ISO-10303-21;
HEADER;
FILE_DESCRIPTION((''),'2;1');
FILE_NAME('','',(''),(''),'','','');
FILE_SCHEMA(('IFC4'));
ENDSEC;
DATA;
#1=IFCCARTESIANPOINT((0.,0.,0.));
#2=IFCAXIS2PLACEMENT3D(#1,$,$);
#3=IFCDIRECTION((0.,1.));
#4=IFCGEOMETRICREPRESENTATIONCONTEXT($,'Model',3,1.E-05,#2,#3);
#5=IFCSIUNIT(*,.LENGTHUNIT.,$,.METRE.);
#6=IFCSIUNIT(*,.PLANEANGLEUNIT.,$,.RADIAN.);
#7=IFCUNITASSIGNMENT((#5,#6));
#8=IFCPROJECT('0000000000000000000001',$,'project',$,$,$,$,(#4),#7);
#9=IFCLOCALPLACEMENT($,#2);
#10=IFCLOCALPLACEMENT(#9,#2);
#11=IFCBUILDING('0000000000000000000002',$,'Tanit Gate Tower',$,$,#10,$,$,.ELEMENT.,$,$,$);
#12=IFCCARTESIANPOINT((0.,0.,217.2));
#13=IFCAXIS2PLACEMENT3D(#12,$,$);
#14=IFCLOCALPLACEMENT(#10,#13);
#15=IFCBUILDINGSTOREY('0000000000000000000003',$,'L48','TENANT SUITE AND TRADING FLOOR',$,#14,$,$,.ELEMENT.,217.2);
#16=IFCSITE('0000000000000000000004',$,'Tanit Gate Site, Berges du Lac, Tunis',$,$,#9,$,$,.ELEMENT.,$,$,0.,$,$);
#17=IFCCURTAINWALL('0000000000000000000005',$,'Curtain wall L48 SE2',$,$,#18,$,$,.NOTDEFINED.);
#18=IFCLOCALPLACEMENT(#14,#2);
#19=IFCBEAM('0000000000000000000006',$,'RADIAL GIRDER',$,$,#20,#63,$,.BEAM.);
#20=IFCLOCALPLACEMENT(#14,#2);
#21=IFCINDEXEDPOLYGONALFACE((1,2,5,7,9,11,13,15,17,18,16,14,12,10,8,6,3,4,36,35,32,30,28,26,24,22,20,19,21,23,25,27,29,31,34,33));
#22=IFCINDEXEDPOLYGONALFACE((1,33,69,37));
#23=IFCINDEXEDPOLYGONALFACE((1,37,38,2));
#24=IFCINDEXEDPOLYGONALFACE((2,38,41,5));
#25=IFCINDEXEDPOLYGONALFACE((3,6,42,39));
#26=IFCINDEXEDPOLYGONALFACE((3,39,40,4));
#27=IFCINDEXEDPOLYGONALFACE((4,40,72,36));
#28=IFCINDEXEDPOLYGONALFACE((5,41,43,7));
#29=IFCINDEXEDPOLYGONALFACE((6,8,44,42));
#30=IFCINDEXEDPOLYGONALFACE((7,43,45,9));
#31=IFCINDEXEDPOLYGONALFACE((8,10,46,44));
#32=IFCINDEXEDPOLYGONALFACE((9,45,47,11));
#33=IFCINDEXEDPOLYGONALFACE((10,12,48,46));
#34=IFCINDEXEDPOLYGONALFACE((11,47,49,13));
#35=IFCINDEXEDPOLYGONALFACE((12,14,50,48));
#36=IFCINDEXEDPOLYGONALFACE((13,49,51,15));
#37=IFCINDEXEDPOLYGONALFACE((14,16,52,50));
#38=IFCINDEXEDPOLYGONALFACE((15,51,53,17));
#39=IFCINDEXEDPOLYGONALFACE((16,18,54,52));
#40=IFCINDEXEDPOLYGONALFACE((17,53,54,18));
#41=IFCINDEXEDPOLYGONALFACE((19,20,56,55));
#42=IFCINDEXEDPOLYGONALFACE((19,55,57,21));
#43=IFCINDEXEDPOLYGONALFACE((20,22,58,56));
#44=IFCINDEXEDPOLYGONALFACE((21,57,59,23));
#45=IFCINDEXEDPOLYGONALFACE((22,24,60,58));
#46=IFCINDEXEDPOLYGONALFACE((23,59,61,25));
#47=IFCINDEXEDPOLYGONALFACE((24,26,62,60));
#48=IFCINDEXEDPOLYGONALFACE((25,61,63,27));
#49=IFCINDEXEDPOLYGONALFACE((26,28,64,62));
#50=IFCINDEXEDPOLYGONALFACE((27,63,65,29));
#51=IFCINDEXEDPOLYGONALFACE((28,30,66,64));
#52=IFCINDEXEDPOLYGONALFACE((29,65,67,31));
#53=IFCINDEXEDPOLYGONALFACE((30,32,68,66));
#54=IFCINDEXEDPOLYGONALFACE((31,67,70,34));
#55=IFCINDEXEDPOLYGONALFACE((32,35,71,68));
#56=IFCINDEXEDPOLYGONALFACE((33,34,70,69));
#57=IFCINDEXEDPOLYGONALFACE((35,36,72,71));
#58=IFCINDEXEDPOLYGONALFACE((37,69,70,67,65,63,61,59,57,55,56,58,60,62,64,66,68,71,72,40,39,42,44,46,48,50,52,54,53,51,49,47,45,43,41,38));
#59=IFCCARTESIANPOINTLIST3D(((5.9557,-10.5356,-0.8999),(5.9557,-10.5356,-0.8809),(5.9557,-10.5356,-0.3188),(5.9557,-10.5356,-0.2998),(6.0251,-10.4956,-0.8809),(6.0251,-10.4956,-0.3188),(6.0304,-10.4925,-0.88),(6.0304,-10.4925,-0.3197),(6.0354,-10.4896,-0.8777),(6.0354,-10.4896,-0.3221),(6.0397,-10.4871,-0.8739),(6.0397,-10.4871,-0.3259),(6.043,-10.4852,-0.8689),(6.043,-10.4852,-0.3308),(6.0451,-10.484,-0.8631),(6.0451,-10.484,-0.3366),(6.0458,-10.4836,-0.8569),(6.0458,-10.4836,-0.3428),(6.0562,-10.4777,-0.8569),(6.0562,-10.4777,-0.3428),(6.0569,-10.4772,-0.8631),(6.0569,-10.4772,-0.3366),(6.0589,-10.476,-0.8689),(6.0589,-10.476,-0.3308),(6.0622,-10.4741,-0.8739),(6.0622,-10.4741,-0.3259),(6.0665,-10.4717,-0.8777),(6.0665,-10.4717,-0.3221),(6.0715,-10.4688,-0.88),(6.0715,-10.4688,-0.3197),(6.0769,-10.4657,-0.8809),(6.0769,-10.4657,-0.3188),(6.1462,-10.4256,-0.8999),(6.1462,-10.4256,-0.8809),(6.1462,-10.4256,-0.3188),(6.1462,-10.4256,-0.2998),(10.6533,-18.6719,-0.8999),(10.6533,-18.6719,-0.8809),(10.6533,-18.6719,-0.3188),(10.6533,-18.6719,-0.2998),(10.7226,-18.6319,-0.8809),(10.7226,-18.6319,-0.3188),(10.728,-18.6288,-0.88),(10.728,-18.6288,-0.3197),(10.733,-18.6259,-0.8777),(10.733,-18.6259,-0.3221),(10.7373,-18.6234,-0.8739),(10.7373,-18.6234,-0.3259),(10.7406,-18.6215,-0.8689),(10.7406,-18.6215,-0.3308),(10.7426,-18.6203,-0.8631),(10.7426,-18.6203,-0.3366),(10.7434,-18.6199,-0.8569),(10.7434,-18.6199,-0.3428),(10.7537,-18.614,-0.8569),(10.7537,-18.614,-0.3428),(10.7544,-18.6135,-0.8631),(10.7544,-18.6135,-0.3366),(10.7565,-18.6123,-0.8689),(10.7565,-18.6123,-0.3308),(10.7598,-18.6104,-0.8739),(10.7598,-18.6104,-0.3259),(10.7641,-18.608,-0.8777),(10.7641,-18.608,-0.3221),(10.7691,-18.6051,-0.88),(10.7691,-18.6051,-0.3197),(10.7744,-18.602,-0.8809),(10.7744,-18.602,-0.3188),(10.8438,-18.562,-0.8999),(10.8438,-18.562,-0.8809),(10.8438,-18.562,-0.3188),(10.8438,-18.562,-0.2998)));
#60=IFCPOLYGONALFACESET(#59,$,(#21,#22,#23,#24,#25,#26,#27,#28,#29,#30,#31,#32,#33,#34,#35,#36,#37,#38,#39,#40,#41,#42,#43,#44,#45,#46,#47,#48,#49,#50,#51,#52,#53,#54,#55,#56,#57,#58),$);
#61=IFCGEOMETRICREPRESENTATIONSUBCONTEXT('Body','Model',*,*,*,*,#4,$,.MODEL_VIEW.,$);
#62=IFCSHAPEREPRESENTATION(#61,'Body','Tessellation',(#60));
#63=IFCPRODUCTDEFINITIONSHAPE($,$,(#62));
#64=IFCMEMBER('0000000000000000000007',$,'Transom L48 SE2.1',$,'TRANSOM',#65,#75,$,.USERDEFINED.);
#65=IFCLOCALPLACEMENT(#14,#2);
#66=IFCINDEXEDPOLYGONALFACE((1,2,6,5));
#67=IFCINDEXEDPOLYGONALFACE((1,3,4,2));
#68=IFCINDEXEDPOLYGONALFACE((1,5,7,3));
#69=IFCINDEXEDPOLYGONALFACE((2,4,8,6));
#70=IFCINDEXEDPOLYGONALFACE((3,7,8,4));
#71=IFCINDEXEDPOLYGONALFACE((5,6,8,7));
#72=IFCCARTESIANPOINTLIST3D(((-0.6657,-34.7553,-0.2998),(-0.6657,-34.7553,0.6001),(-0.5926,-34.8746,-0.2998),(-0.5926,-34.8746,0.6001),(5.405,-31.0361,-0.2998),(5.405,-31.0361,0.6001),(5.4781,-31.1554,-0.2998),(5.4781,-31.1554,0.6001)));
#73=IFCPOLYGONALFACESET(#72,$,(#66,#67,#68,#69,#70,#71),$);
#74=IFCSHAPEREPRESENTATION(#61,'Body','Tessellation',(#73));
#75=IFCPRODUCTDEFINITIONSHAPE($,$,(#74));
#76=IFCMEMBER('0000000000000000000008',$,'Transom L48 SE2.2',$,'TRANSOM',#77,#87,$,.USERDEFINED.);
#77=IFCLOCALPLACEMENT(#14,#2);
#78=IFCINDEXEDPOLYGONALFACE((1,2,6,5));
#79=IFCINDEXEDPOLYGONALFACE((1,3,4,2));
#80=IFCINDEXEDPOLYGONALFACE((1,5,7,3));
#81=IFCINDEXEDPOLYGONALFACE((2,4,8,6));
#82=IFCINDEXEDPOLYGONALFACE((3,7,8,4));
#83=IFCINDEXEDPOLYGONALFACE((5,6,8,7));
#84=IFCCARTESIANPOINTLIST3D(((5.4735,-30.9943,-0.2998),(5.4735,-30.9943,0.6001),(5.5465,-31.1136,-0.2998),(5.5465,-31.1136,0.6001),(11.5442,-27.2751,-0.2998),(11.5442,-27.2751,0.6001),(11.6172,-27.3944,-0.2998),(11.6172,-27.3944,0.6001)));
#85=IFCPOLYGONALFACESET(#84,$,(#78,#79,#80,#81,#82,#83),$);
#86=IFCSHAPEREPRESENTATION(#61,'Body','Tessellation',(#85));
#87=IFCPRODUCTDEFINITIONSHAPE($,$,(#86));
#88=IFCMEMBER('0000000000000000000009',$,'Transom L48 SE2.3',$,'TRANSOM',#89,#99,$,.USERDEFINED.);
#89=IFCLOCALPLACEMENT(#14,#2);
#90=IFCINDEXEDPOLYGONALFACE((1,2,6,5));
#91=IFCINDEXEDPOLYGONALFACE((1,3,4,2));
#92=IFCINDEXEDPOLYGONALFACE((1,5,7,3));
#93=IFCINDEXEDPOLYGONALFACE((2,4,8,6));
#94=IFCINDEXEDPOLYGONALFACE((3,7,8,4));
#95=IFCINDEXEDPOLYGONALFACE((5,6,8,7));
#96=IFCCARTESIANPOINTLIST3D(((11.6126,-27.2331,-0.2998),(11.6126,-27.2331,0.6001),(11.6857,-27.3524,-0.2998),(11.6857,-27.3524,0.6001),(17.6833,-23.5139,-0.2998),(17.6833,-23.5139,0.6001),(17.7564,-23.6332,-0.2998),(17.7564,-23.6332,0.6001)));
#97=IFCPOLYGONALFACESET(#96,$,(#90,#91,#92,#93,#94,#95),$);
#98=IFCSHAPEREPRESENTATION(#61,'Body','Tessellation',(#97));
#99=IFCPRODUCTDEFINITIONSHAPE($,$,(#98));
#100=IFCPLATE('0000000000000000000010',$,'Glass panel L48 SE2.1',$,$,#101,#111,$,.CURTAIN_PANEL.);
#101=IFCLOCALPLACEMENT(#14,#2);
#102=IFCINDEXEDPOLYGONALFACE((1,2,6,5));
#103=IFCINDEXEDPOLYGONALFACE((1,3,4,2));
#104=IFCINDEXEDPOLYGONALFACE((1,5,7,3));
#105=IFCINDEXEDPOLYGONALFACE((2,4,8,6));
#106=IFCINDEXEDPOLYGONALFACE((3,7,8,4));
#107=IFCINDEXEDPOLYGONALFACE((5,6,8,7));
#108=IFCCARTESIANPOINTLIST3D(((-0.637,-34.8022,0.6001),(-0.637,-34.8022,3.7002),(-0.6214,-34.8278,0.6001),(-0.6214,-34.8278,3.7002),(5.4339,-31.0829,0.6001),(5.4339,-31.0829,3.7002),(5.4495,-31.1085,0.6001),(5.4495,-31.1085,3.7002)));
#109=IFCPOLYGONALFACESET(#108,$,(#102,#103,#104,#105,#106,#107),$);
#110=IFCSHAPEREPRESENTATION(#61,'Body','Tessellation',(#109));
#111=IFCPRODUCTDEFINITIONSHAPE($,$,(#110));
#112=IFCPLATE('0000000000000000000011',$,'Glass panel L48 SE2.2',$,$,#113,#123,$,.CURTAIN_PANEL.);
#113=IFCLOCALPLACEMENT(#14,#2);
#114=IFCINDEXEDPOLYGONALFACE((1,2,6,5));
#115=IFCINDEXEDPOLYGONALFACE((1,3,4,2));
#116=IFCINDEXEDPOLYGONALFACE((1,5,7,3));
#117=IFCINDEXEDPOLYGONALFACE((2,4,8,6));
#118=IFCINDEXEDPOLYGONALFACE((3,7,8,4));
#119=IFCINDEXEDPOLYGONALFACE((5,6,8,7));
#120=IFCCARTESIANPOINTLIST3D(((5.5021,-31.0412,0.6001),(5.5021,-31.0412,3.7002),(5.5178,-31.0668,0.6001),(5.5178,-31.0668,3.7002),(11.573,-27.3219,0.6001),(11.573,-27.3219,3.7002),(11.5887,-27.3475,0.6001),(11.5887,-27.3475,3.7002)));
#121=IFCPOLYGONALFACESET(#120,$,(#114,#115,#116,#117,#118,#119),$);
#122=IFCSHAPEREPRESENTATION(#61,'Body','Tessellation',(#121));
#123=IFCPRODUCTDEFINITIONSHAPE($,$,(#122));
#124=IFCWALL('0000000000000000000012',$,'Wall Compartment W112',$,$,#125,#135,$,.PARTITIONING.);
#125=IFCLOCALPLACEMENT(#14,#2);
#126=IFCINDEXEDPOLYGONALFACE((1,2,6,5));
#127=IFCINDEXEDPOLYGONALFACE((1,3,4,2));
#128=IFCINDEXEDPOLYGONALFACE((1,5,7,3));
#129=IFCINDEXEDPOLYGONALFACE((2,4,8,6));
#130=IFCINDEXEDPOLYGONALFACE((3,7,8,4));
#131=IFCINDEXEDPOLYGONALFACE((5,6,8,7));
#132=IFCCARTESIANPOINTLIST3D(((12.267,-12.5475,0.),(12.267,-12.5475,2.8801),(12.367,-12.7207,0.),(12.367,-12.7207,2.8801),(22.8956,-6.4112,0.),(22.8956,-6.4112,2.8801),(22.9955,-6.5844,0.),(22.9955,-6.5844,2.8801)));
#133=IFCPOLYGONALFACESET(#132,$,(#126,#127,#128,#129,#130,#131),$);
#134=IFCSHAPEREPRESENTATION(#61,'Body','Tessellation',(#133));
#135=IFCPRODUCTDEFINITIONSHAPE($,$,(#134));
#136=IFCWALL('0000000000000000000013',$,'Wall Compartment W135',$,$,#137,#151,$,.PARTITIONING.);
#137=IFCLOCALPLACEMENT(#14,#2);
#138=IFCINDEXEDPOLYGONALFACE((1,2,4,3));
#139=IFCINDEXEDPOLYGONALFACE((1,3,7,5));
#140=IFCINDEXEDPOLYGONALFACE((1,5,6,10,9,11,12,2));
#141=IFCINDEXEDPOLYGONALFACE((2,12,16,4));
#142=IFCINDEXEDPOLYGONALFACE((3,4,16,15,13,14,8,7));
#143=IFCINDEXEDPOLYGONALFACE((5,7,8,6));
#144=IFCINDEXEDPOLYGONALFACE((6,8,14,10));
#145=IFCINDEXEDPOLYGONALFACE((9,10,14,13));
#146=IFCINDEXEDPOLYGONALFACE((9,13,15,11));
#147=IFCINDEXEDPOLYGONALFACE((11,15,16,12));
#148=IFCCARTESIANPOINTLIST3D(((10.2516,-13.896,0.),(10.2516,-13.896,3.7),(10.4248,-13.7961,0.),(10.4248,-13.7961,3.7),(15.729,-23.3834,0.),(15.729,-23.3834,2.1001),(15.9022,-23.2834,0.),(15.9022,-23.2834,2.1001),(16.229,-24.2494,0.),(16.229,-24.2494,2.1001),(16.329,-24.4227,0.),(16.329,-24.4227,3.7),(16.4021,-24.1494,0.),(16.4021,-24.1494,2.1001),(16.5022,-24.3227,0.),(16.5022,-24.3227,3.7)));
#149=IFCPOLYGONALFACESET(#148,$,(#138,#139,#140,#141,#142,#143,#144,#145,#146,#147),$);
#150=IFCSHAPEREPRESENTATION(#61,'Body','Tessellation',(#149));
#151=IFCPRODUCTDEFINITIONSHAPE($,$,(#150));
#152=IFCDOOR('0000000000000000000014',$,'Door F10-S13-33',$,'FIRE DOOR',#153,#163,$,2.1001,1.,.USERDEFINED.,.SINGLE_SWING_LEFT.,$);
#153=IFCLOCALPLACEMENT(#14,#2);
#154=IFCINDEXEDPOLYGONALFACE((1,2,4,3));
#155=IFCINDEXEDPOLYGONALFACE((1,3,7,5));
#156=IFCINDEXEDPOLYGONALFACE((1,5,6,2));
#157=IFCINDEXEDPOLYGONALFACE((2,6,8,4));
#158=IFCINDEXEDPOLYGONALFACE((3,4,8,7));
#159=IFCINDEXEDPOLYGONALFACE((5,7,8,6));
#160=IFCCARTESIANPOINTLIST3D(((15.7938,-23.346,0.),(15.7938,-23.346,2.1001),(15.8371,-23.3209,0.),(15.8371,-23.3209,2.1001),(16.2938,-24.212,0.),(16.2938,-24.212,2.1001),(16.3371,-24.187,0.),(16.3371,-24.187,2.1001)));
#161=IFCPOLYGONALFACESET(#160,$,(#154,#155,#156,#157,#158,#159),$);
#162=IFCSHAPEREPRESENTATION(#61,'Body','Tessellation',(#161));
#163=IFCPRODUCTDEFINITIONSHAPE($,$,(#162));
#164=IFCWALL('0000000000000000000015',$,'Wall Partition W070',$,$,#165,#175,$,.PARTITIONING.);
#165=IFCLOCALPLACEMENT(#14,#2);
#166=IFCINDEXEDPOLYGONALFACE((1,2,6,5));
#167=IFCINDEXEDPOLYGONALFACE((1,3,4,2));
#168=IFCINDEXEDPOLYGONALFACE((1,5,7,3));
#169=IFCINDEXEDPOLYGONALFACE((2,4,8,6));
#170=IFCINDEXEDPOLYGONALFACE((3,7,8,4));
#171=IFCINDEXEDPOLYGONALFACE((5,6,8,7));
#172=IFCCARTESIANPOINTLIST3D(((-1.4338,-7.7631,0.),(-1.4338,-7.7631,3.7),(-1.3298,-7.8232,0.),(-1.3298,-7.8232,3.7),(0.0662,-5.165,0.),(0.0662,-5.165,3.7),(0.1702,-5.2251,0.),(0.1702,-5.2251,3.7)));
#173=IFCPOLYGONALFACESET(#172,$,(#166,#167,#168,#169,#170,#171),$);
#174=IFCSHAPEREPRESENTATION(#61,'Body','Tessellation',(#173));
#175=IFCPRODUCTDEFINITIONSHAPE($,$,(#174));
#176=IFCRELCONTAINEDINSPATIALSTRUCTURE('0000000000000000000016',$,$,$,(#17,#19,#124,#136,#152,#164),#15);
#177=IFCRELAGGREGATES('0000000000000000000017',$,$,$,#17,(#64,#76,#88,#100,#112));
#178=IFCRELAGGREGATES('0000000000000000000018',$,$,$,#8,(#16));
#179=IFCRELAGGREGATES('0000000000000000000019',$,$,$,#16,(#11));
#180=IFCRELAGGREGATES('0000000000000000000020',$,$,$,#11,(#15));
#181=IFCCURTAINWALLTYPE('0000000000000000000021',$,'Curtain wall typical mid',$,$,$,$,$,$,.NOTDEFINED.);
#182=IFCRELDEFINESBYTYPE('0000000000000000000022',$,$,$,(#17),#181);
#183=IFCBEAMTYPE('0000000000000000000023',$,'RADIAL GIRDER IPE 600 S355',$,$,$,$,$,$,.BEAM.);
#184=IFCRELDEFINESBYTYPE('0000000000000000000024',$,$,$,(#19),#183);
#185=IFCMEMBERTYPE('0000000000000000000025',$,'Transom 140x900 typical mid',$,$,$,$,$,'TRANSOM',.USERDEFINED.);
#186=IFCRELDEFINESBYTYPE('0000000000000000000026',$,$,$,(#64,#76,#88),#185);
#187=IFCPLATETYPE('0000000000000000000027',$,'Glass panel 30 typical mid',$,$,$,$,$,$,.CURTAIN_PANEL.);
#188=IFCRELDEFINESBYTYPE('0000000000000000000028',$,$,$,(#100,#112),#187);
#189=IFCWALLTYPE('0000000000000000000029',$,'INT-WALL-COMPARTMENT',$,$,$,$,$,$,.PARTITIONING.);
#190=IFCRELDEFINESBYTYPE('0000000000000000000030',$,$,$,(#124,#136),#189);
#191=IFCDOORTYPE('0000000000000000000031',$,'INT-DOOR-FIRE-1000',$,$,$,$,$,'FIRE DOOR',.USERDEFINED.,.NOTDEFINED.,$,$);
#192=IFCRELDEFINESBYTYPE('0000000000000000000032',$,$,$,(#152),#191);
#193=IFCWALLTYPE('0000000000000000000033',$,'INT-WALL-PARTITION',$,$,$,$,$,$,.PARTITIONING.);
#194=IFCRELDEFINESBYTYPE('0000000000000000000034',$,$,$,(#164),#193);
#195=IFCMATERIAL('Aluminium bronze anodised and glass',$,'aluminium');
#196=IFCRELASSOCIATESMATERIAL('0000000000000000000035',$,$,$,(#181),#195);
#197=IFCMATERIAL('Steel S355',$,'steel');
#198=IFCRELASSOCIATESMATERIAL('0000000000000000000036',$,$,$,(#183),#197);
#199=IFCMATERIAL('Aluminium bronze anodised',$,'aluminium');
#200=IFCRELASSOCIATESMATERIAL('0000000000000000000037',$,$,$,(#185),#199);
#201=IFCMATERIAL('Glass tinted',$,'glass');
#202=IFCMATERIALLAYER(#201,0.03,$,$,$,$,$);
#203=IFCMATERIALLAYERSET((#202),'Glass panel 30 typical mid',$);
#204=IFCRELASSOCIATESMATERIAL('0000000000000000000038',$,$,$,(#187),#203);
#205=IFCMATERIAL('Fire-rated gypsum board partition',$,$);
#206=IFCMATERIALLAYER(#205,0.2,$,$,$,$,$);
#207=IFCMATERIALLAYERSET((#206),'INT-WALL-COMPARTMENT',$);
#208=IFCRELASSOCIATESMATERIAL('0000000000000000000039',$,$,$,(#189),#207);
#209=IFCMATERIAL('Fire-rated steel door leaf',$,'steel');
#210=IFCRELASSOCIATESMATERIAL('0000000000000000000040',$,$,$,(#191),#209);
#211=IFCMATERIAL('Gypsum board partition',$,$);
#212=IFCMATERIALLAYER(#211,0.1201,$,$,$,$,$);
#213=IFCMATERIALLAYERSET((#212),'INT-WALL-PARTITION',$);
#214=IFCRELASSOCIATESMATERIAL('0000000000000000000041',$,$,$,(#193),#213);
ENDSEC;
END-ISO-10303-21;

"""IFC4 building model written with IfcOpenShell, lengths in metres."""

from ifc_helpers import new_model, si_unit, direction, frame, frame_2d, origin, origin_2d, place, context, subcontext, project, spatial, rectangle, i_section, extrude, material, layer, layer_set, material_profile, profile_set, type_object, element, fill, aggregate, save


model = new_model("IFC4")

# Units and contexts
model_context = context("Model", 3, precision=1e-05, world=origin(), true_north=direction((0.0, 1.0)))
body_context = subcontext(model_context, "Body", "Model", "MODEL_VIEW")
ifc_project = project(units=[si_unit("LENGTHUNIT", "METRE"), si_unit("PLANEANGLEUNIT", "RADIAN")], contexts=[model_context])

# Site, building, storey
site_placement = place(None, origin())
site = spatial("IfcSite", under=ifc_project, at=site_placement, Name="Tanit Gate Site, Berges du Lac, Tunis", CompositionType="ELEMENT", RefElevation=0.0)
building_placement = place(site_placement, origin())
building = spatial("IfcBuilding", under=site, at=building_placement, Name="Tanit Gate Tower", CompositionType="ELEMENT")
storey_placement = place(building_placement, frame((0.0, 0.0, 217.2)))
storey = spatial("IfcBuildingStorey", under=building, at=storey_placement, Name="L48", Description="TENANT SUITE AND TRADING FLOOR", CompositionType="ELEMENT", Elevation=217.2)

# Curtain wall
ifc_material_1 = material(Name="Aluminium bronze anodised and glass", Category="aluminium")
curtain_wall_type = type_object("IfcCurtainWallType", Name="Curtain wall typical mid", PredefinedType="NOTDEFINED", material=ifc_material_1)
curtain_wall_placement = place(storey_placement, origin())
curtain_wall = element("IfcCurtainWall", 1, at=curtain_wall_placement, inside=storey, type_object=curtain_wall_type, Name="Curtain wall L48 SE2", PredefinedType="NOTDEFINED")

# Beam
ifc_material_2 = material(Name="Steel S355", Category="steel")
ifc_material_profile_1 = material_profile(ifc_material_2, i_section(OverallWidth=0.22, OverallDepth=0.6001, WebThickness=0.012, FlangeThickness=0.019, FilletRadius=0.0239, at=origin_2d()), Name="IPE 600")
ifc_profile_set_1 = profile_set([ifc_material_profile_1], Name="Steel S355")
beam_type_1 = type_object("IfcBeamType", Name="RADIAL GIRDER IPE 600 S355", PredefinedType="BEAM", material=ifc_profile_set_1)
beam_1_placement = place(storey_placement, frame((10.7485, -18.6169, -0.5999), z_axis=(-0.500004, 0.866023, 0.0), x_axis=(-0.866023, -0.500004, 0.0)))
element("IfcBeam", 2, at=beam_1_placement, inside=storey, type_object=beam_type_1, Name="RADIAL GIRDER", PredefinedType="BEAM", context=body_context, shape_type="SweptSolid", body=[
    extrude(i_section(OverallWidth=0.22, OverallDepth=0.6001, WebThickness=0.012, FlangeThickness=0.019, FilletRadius=0.0239, at=origin_2d()), origin(), (0.0, 0.0, 1.0), 9.395),
])

# Members
ifc_material_3 = material(Name="Aluminium bronze anodised", Category="aluminium")
ifc_material_profile_2 = material_profile(ifc_material_3, rectangle(XDim=0.1399, YDim=0.8999, at=origin_2d()), Name="140x900 bronze transom")
ifc_profile_set_2 = profile_set([ifc_material_profile_2], Name="Aluminium bronze anodised")
member_type_1 = type_object("IfcMemberType", Name="Transom 140x900 typical mid", ElementType="TRANSOM", PredefinedType="USERDEFINED", material=ifc_profile_set_2)
member_1_placement = place(storey_placement, frame((-0.6292, -34.8149, 0.1501), z_axis=(0.8527, 0.522401, 0.0), x_axis=(-0.522401, 0.8527, 0.0)))
member_1 = element("IfcMember", 3, at=member_1_placement, type_object=member_type_1, Name="Transom L48 SE2.1", ObjectType="TRANSOM", PredefinedType="USERDEFINED", context=body_context, shape_type="SweptSolid", body=[
    extrude(rectangle(XDim=0.1399, YDim=0.8999, at=origin_2d()), origin(), (0.0, 0.0, 1.0), 7.1194),
])
member_2_placement = place(storey_placement, frame((5.51, -31.054, 0.1501), z_axis=(0.8527, 0.522401, 0.0), x_axis=(-0.522401, 0.8527, 0.0)))
member_2 = element("IfcMember", 4, at=member_2_placement, type_object=member_type_1, Name="Transom L48 SE2.2", ObjectType="TRANSOM", PredefinedType="USERDEFINED", context=body_context, shape_type="SweptSolid", body=[
    extrude(rectangle(XDim=0.1399, YDim=0.8999, at=origin_2d()), origin(), (0.0, 0.0, 1.0), 7.1194),
])
member_3_placement = place(storey_placement, frame((11.6492, -27.2927, 0.1501), z_axis=(0.8527, 0.522401, 0.0), x_axis=(-0.522401, 0.8527, 0.0)))
member_3 = element("IfcMember", 5, at=member_3_placement, type_object=member_type_1, Name="Transom L48 SE2.3", ObjectType="TRANSOM", PredefinedType="USERDEFINED", context=body_context, shape_type="SweptSolid", body=[
    extrude(rectangle(XDim=0.1399, YDim=0.8999, at=origin_2d()), origin(), (0.0, 0.0, 1.0), 7.1194),
])

# Plates
ifc_material_4 = material(Name="Glass tinted", Category="glass")
ifc_layer_1 = layer(ifc_material_4, 0.03)
ifc_layer_set_1 = layer_set([ifc_layer_1], Name="Glass panel 30 typical mid")
plate_type = type_object("IfcPlateType", Name="Glass panel 30 typical mid", PredefinedType="CURTAIN_PANEL", material=ifc_layer_set_1)
plate_1_placement = place(storey_placement, frame((2.4062, -32.9553, 0.6001), z_axis=(0.0, 0.0, 1.0), x_axis=(0.8527, 0.522401, 0.0)))
plate_1 = element("IfcPlate", 6, at=plate_1_placement, type_object=plate_type, Name="Glass panel L48 SE2.1", PredefinedType="CURTAIN_PANEL", context=body_context, shape_type="SweptSolid", body=[
    extrude(rectangle(XDim=7.1196, YDim=0.03, at=origin_2d()), origin(), (0.0, 0.0, 1.0), 3.1001),
])
plate_2_placement = place(storey_placement, frame((8.5454, -29.1943, 0.6001), z_axis=(0.0, 0.0, 1.0), x_axis=(0.8527, 0.522401, 0.0)))
plate_2 = element("IfcPlate", 7, at=plate_2_placement, type_object=plate_type, Name="Glass panel L48 SE2.2", PredefinedType="CURTAIN_PANEL", context=body_context, shape_type="SweptSolid", body=[
    extrude(rectangle(XDim=7.1196, YDim=0.03, at=origin_2d()), origin(), (0.0, 0.0, 1.0), 3.1001),
])
aggregate(curtain_wall, [member_1, member_2, member_3, plate_1, plate_2])

# Wall
ifc_material_5 = material(Name="Fire-rated gypsum board partition")
ifc_layer_2 = layer(ifc_material_5, 0.2)
ifc_layer_set_2 = layer_set([ifc_layer_2], Name="INT-WALL-COMPARTMENT")
wall_type_1 = type_object("IfcWallType", Name="INT-WALL-COMPARTMENT", PredefinedType="PARTITIONING", material=ifc_layer_set_2)
wall_1_placement = place(storey_placement, frame((12.3171, -12.634, 0.0), z_axis=(0.0, 0.0, 1.0), x_axis=(0.866029, 0.499995, 0.0)))
element("IfcWall", 8, at=wall_1_placement, inside=storey, type_object=wall_type_1, Name="Wall Compartment W112", PredefinedType="PARTITIONING", context=body_context, shape_type="SweptSolid", body=[
    extrude(rectangle(XDim=12.2727, YDim=0.2, at=frame_2d((6.1362, 0.0))), origin(), (0.0, 0.0, 1.0), 2.8801),
])

# Wall, opening, door
wall_2_placement = place(storey_placement, frame((10.3381, -13.8459, 0.0), z_axis=(0.0, 0.0, 1.0), x_axis=(0.499991, -0.866031, 0.0)))
wall_2 = element("IfcWall", 9, at=wall_2_placement, inside=storey, type_object=wall_type_1, Name="Wall Compartment W135", PredefinedType="PARTITIONING", context=body_context, shape_type="SweptSolid", body=[
    extrude(rectangle(XDim=12.155, YDim=0.2, at=frame_2d((6.0776, 0.0))), origin(), (0.0, 0.0, 1.0), 3.7),
])
opening_1_placement = place(wall_2_placement, frame((10.9551, 0.0, 0.0)))
opening_1 = element("IfcOpeningElement", 10, at=opening_1_placement, cuts=wall_2, PredefinedType="OPENING", context=body_context, shape_type="SweptSolid", body=[
    extrude(rectangle(XDim=1.0, YDim=2.1001, at=frame_2d((0.5, 1.05))), frame((0.0, 0.1099, 0.0), z_axis=(0.0, -1.0, 0.0), x_axis=(1.0, 0.0, 0.0)), (0.0, 0.0, 1.0), 0.22),
])
ifc_material_6 = material(Name="Fire-rated steel door leaf", Category="steel")
door_type_1 = type_object("IfcDoorType", Name="INT-DOOR-FIRE-1000", ElementType="FIRE DOOR", OperationType="NOTDEFINED", PredefinedType="USERDEFINED", material=ifc_material_6)
door_1_placement = place(opening_1_placement, origin())
door_1 = element("IfcDoor", 11, at=door_1_placement, inside=storey, type_object=door_type_1, Name="Door F10-S13-33", ObjectType="FIRE DOOR", OperationType="SINGLE_SWING_LEFT", OverallHeight=2.1001, OverallWidth=1.0, PredefinedType="USERDEFINED", context=body_context, shape_type="SweptSolid", body=[
    extrude(rectangle(XDim=1.0, YDim=2.1001, at=frame_2d((0.5, 1.05))), frame((0.0, 0.0249, 0.0), z_axis=(0.0, -1.0, 0.0), x_axis=(1.0, 0.0, 0.0)), (0.0, 0.0, 1.0), 0.05),
])
fill(opening_1, door_1)

# Wall
ifc_material_7 = material(Name="Gypsum board partition")
ifc_layer_3 = layer(ifc_material_7, 0.1201)
ifc_layer_set_3 = layer_set([ifc_layer_3], Name="INT-WALL-PARTITION")
wall_type_2 = type_object("IfcWallType", Name="INT-WALL-PARTITION", PredefinedType="PARTITIONING", material=ifc_layer_set_3)
wall_3_placement = place(storey_placement, frame((0.1182, -5.1951, 0.0), z_axis=(0.0, 0.0, 1.0), x_axis=(-0.49999, -0.866031, 0.0)))
element("IfcWall", 12, at=wall_3_placement, inside=storey, type_object=wall_type_2, Name="Wall Partition W070", PredefinedType="PARTITIONING", context=body_context, shape_type="SweptSolid", body=[
    extrude(rectangle(XDim=3.0, YDim=0.1201, at=frame_2d((1.5, 0.0))), origin(), (0.0, 0.0, 1.0), 3.7),
])

save(model, "model.ifc")
